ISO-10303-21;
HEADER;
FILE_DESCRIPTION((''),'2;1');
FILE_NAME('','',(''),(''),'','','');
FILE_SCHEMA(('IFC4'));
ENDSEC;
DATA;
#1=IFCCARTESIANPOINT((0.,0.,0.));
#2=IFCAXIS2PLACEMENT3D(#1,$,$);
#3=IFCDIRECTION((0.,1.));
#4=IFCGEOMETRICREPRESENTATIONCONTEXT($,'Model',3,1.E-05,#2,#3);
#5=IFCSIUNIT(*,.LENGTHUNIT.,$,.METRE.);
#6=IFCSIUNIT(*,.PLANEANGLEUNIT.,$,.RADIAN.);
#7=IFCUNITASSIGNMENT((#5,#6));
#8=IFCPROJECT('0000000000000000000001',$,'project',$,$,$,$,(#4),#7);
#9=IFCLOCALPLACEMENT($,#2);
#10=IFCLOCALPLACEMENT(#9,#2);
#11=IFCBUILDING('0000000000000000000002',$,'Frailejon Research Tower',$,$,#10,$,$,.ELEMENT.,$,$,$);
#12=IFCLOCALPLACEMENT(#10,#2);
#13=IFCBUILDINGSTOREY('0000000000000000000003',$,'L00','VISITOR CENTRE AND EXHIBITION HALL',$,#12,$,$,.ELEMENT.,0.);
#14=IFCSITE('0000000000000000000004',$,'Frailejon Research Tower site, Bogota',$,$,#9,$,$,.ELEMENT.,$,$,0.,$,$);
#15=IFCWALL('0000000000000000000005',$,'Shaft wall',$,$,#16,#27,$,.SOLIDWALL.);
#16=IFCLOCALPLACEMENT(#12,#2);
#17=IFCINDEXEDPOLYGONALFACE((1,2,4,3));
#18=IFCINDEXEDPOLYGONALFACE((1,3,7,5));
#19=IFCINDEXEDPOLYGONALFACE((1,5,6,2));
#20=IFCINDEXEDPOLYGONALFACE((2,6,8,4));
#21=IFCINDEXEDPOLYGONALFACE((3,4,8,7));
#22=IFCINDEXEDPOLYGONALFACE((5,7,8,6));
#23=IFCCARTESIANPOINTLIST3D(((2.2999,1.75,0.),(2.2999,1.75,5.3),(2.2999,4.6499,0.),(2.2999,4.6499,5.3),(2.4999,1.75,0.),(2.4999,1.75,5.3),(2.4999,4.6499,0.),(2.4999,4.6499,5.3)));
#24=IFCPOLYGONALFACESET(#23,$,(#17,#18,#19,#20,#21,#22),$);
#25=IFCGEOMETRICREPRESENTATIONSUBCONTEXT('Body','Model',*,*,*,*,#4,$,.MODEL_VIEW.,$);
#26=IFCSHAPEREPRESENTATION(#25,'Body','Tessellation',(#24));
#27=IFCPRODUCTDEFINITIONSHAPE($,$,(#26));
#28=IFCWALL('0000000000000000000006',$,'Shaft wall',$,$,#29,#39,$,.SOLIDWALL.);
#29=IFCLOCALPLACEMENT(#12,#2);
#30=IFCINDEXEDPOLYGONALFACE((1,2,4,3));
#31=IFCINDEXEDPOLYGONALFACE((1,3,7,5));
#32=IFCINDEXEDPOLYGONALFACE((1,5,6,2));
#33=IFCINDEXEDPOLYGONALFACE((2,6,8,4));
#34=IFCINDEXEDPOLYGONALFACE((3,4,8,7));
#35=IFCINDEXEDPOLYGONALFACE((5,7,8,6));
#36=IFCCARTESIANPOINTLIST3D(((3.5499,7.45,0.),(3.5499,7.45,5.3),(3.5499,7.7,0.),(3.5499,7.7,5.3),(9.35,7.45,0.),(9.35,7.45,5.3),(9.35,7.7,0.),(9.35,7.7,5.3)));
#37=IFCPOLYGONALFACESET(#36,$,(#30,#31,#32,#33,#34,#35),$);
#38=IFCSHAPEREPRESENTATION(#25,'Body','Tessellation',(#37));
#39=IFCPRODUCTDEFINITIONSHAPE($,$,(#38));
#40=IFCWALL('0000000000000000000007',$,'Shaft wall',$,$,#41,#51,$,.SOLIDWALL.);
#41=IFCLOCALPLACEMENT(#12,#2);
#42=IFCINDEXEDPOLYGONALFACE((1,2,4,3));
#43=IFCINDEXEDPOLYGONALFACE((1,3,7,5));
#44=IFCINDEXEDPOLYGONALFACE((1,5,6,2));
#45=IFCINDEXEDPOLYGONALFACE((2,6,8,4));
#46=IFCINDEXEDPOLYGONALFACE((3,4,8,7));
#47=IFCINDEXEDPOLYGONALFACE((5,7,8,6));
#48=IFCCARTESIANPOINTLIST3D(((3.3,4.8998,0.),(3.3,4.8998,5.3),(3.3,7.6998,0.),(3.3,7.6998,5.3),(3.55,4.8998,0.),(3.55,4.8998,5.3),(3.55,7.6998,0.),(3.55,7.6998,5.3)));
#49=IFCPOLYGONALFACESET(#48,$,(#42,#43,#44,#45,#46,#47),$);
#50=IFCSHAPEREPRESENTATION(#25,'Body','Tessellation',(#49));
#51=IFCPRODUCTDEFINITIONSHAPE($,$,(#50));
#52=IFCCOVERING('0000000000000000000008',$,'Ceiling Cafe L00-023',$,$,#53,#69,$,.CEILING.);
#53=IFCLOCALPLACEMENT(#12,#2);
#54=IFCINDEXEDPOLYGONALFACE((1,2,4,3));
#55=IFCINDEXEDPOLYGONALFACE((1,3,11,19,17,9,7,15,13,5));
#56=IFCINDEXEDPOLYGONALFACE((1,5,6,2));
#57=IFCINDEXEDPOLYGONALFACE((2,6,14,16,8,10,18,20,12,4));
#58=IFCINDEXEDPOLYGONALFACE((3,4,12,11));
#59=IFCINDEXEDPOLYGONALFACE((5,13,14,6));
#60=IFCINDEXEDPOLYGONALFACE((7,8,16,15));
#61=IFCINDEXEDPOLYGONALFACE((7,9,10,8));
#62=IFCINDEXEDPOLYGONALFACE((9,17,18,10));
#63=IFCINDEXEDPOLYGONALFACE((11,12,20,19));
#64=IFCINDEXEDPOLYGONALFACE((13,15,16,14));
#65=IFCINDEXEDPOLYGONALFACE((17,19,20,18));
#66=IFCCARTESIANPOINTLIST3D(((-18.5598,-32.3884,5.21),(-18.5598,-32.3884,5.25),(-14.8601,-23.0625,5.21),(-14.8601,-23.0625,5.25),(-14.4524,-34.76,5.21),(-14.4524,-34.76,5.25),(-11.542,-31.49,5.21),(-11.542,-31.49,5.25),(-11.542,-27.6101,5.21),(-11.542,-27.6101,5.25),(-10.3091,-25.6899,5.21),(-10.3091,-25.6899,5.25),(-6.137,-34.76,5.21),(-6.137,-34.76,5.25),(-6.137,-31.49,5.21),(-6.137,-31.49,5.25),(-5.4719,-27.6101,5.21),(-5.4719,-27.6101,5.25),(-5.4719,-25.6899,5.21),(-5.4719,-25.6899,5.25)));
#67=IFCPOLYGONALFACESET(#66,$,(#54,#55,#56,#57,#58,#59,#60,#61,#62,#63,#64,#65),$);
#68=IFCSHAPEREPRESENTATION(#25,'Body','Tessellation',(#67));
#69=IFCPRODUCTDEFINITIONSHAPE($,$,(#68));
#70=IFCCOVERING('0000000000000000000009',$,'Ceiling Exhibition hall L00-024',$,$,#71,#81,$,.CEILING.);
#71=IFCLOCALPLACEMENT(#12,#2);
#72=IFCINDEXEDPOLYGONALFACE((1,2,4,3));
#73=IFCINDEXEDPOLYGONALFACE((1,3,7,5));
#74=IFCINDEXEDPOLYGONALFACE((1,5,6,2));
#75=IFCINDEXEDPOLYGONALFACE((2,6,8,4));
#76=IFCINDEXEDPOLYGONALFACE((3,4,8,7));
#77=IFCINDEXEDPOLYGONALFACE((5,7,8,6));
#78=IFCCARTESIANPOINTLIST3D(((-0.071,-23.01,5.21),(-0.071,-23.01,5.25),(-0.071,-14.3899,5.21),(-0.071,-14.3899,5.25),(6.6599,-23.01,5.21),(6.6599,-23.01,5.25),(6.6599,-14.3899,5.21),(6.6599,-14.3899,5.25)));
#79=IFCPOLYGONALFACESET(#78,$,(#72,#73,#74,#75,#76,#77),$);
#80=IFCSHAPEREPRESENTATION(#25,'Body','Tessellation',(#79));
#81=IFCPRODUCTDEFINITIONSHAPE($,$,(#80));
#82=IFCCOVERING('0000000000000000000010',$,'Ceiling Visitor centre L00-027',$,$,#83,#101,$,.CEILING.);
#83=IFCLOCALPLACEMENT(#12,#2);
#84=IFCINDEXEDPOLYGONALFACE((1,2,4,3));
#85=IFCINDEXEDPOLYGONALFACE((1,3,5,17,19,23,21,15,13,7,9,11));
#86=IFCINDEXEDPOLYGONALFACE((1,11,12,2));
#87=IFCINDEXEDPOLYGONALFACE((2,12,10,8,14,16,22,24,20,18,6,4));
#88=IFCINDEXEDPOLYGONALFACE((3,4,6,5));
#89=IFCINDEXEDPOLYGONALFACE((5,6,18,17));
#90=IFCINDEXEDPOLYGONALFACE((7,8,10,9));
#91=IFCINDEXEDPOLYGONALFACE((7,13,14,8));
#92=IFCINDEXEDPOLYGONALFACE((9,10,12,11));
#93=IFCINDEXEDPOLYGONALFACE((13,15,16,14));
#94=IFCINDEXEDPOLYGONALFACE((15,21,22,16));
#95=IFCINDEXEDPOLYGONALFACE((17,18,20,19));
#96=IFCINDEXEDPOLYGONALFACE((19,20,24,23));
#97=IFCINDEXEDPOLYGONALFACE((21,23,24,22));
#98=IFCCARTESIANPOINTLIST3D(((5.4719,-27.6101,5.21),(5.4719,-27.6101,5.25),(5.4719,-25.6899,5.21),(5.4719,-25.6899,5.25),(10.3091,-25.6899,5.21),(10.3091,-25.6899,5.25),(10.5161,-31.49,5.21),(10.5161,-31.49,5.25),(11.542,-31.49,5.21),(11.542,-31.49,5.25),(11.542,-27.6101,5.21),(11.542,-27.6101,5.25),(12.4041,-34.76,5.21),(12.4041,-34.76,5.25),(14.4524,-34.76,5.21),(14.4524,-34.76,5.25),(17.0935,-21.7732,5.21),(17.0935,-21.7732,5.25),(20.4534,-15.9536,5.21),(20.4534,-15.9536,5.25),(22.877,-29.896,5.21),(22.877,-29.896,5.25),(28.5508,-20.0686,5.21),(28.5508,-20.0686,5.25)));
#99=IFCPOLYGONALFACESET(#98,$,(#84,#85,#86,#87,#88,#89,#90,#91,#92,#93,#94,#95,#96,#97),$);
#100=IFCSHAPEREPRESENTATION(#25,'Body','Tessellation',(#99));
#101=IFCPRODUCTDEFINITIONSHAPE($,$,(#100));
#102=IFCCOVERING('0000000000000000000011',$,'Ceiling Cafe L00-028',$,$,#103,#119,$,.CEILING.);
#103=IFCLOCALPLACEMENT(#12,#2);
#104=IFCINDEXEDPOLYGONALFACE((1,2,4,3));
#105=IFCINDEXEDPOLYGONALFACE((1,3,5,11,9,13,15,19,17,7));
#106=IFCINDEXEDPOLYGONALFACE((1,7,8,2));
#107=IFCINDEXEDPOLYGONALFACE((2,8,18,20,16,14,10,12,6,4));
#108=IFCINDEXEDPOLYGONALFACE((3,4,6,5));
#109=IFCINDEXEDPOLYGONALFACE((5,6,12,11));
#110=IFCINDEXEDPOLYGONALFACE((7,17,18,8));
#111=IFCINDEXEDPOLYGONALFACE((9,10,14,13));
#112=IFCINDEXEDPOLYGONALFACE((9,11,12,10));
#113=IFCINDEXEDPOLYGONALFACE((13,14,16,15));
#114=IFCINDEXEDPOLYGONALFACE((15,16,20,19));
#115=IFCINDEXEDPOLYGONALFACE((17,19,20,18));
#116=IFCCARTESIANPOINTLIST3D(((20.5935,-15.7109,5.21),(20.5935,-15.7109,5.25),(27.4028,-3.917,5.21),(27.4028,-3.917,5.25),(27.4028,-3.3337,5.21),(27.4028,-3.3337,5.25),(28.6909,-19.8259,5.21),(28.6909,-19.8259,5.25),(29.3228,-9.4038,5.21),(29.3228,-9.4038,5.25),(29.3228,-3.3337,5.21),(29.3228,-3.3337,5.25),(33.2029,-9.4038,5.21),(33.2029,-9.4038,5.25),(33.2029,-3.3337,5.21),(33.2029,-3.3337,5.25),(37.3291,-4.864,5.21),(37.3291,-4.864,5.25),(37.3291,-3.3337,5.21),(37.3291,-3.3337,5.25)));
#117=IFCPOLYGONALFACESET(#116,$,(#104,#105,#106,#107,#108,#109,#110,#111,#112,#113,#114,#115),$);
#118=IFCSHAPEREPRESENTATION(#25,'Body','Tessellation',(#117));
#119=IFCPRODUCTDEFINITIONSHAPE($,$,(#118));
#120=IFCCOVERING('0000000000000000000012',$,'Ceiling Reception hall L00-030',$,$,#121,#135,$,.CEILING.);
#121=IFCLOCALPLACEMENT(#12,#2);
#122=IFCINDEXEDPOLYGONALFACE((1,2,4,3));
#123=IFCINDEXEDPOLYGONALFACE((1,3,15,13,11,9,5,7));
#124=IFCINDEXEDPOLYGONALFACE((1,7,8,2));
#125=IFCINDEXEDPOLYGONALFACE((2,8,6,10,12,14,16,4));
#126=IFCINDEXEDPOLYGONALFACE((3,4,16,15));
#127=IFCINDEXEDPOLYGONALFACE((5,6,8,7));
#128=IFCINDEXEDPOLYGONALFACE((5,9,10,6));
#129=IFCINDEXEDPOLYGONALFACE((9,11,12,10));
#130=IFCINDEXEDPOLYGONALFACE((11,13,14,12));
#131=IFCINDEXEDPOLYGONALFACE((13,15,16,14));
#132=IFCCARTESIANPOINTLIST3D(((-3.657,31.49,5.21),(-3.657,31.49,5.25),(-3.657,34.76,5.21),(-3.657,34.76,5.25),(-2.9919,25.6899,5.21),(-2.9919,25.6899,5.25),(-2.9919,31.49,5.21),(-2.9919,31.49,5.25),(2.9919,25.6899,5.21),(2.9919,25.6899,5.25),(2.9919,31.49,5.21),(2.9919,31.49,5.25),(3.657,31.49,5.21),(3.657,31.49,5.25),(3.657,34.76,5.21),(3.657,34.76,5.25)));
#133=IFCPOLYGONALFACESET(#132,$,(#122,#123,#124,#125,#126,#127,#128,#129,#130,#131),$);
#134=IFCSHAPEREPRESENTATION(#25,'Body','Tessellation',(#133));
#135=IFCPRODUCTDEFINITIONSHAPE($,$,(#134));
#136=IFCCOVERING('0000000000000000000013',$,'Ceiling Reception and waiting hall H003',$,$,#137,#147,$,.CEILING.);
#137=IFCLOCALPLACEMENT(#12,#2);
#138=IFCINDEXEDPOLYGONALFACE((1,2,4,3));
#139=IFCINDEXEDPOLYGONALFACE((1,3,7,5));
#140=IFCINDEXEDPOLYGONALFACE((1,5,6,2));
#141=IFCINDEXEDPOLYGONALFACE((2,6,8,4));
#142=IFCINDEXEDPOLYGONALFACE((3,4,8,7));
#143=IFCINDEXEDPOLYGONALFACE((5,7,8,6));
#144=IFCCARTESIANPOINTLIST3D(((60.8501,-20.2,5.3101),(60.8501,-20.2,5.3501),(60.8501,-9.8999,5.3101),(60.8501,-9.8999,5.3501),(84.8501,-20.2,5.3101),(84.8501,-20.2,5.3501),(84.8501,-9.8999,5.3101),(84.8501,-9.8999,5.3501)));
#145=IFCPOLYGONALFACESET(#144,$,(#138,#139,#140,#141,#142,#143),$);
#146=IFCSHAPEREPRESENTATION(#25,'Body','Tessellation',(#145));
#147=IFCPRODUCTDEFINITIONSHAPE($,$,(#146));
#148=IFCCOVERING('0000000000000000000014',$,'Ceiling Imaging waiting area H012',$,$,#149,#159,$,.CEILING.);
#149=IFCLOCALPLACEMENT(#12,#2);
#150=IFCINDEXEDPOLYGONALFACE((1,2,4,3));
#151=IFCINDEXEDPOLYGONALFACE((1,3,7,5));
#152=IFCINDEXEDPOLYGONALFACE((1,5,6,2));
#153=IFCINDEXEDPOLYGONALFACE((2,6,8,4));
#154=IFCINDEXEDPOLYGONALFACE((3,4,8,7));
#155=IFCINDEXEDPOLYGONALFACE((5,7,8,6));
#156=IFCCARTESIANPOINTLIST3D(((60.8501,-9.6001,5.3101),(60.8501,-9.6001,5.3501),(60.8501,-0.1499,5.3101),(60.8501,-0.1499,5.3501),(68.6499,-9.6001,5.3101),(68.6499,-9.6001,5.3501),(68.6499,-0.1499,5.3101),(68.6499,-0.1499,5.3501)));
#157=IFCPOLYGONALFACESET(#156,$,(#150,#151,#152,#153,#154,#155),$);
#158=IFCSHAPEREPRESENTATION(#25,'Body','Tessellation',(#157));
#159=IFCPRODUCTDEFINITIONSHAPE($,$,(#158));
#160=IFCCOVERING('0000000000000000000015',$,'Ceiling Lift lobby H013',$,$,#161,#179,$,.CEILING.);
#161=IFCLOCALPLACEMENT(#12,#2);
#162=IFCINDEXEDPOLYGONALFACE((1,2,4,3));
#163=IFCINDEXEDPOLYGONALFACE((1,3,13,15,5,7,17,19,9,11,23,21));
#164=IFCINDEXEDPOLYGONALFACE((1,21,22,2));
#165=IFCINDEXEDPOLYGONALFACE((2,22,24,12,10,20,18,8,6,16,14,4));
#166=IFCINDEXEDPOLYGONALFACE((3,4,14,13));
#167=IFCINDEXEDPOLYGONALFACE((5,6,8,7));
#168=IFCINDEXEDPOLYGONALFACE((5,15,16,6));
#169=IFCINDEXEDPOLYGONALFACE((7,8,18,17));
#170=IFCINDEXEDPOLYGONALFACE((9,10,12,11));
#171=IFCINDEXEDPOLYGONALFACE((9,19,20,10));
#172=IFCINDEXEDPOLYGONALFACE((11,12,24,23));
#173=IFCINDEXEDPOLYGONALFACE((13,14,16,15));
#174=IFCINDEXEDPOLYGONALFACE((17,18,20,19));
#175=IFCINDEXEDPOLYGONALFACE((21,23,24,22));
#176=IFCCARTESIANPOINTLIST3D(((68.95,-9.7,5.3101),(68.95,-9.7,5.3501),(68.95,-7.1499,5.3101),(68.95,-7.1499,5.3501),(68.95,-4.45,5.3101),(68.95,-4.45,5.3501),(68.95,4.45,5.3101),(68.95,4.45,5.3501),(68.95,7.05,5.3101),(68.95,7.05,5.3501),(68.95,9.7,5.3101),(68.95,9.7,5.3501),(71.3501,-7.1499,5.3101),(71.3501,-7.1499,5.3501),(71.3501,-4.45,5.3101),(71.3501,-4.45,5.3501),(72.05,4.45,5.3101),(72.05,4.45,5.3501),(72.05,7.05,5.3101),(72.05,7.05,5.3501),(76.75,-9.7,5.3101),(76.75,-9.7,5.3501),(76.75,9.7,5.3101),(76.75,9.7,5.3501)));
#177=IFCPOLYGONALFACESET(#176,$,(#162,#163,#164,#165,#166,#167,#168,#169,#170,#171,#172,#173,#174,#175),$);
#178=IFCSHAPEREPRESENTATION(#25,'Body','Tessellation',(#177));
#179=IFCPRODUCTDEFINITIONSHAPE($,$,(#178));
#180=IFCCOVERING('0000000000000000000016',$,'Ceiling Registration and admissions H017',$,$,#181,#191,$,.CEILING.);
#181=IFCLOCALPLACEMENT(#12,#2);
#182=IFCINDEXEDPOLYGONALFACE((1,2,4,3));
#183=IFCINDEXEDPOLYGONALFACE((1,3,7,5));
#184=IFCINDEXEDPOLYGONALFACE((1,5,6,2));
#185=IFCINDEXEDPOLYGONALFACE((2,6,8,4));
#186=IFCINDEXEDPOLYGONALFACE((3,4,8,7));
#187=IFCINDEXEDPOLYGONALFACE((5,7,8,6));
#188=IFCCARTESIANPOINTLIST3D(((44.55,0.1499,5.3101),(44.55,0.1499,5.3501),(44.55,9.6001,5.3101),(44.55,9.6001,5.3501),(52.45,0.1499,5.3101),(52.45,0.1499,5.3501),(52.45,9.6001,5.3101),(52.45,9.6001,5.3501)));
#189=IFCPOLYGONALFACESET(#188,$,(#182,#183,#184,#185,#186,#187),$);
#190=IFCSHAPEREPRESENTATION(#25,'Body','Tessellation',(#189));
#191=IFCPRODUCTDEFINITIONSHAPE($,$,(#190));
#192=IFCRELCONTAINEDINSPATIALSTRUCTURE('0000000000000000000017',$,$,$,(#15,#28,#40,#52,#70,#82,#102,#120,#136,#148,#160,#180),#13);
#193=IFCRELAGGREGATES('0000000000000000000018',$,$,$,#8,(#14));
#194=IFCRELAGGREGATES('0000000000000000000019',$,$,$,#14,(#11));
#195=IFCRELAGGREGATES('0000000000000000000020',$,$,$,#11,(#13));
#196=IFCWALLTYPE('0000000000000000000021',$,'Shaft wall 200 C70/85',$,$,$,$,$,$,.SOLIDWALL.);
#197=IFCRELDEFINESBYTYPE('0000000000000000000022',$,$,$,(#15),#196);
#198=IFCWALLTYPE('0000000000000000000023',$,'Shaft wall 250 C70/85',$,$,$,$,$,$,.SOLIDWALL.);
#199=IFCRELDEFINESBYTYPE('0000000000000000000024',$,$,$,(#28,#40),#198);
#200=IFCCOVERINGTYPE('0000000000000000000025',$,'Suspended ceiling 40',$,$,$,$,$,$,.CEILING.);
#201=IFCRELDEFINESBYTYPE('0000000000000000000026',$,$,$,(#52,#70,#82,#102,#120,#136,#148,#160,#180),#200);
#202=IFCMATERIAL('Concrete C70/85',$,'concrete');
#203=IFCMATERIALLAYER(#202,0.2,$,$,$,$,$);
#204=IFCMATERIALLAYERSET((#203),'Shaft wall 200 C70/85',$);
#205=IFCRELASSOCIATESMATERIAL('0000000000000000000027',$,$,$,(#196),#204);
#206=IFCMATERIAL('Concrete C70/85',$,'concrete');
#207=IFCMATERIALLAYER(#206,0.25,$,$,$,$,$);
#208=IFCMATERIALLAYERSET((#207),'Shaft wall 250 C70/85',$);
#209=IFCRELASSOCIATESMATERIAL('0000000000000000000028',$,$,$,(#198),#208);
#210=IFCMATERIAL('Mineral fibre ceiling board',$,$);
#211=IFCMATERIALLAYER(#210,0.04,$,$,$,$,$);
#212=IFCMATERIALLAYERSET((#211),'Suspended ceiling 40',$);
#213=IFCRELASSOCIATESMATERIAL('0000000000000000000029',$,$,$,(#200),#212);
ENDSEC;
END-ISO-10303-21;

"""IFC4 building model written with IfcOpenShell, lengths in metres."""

from ifc_helpers import new_model, si_unit, direction, frame, frame_2d, origin, place, context, subcontext, project, spatial, polyline, rectangle, outline, extrude, material, layer, layer_set, type_object, element, save


model = new_model("IFC4")

# Units and contexts
model_context = context("Model", 3, precision=1e-05, world=origin(), true_north=direction((0.0, 1.0)))
body_context = subcontext(model_context, "Body", "Model", "MODEL_VIEW")
ifc_project = project(units=[si_unit("LENGTHUNIT", "METRE"), si_unit("PLANEANGLEUNIT", "RADIAN")], contexts=[model_context])

# Site, building, storey
site_placement = place(None, origin())
site = spatial("IfcSite", under=ifc_project, at=site_placement, Name="Frailejon Research Tower site, Bogota", CompositionType="ELEMENT", RefElevation=0.0)
building_placement = place(site_placement, origin())
building = spatial("IfcBuilding", under=site, at=building_placement, Name="Frailejon Research Tower", CompositionType="ELEMENT")
storey_placement = place(building_placement, origin())
storey = spatial("IfcBuildingStorey", under=building, at=storey_placement, Name="L00", Description="VISITOR CENTRE AND EXHIBITION HALL", CompositionType="ELEMENT", Elevation=0.0)

# Walls
ifc_material_1 = material(Name="Concrete C70/85", Category="concrete")
ifc_layer_1 = layer(ifc_material_1, 0.2)
ifc_layer_set_1 = layer_set([ifc_layer_1], Name="Shaft wall 200 C70/85")
wall_type_1 = type_object("IfcWallType", Name="Shaft wall 200 C70/85", PredefinedType="SOLIDWALL", material=ifc_layer_set_1)
wall_1_placement = place(storey_placement, frame((2.3999, 1.75, 0.0), z_axis=(0.0, 0.0, 1.0), x_axis=(0.0, 1.0, 0.0)))
element("IfcWall", 1, at=wall_1_placement, inside=storey, type_object=wall_type_1, Name="Shaft wall", PredefinedType="SOLIDWALL", context=body_context, shape_type="SweptSolid", body=[
    extrude(rectangle(XDim=2.8999, YDim=0.2, at=frame_2d((1.45, 0.0))), origin(), (0.0, 0.0, 1.0), 5.3),
])
ifc_material_2 = material(Name="Concrete C70/85", Category="concrete")
ifc_layer_2 = layer(ifc_material_2, 0.25)
ifc_layer_set_2 = layer_set([ifc_layer_2], Name="Shaft wall 250 C70/85")
wall_type_2 = type_object("IfcWallType", Name="Shaft wall 250 C70/85", PredefinedType="SOLIDWALL", material=ifc_layer_set_2)
wall_2_placement = place(storey_placement, frame((3.55, 7.575, 0.0), z_axis=(0.0, 0.0, 1.0), x_axis=(1.0, 0.0, 0.0)))
element("IfcWall", 2, at=wall_2_placement, inside=storey, type_object=wall_type_2, Name="Shaft wall", PredefinedType="SOLIDWALL", context=body_context, shape_type="SweptSolid", body=[
    extrude(rectangle(XDim=5.8, YDim=0.25, at=frame_2d((2.8999, 0.0))), origin(), (0.0, 0.0, 1.0), 5.3),
])
wall_3_placement = place(storey_placement, frame((3.425, 4.8999, 0.0), z_axis=(0.0, 0.0, 1.0), x_axis=(0.0, 1.0, 0.0)))
element("IfcWall", 3, at=wall_3_placement, inside=storey, type_object=wall_type_2, Name="Shaft wall", PredefinedType="SOLIDWALL", context=body_context, shape_type="SweptSolid", body=[
    extrude(rectangle(XDim=2.8, YDim=0.25, at=frame_2d((1.3999, 0.0))), origin(), (0.0, 0.0, 1.0), 5.3),
])

# Coverings
ifc_material_3 = material(Name="Mineral fibre ceiling board")
ifc_layer_3 = layer(ifc_material_3, 0.04)
ifc_layer_set_3 = layer_set([ifc_layer_3], Name="Suspended ceiling 40")
covering_type_1 = type_object("IfcCoveringType", Name="Suspended ceiling 40", PredefinedType="CEILING", material=ifc_layer_set_3)
covering_1_placement = place(storey_placement, frame((0.0, 0.0, 5.21)))
element("IfcCovering", 4, at=covering_1_placement, inside=storey, type_object=covering_type_1, Name="Ceiling Cafe L00-023", PredefinedType="CEILING", context=body_context, shape_type="SweptSolid", body=[
    extrude(outline(polyline([(-10.3091, -25.6899), (-14.8601, -23.0625), (-18.5598, -32.3884), (-14.4524, -34.76), (-6.137, -34.76), (-6.137, -31.49), (-11.542, -31.49), (-11.542, -27.6101), (-5.4719, -27.6101), (-5.4719, -25.6899), (-10.3091, -25.6899)])), origin(), (0.0, 0.0, 1.0), 0.04),
])
covering_2_placement = place(storey_placement, frame((0.0, 0.0, 5.21)))
element("IfcCovering", 5, at=covering_2_placement, inside=storey, type_object=covering_type_1, Name="Ceiling Exhibition hall L00-024", PredefinedType="CEILING", context=body_context, shape_type="SweptSolid", body=[
    extrude(outline(polyline([(-0.071, -23.01), (6.6599, -23.01), (6.6599, -14.3899), (-0.071, -14.3899), (-0.071, -23.01)])), origin(), (0.0, 0.0, 1.0), 0.04),
])
covering_3_placement = place(storey_placement, frame((0.0, 0.0, 5.21)))
element("IfcCovering", 6, at=covering_3_placement, inside=storey, type_object=covering_type_1, Name="Ceiling Visitor centre L00-027", PredefinedType="CEILING", context=body_context, shape_type="SweptSolid", body=[
    extrude(outline(polyline([(11.542, -27.6101), (11.542, -31.49), (10.5161, -31.49), (12.4041, -34.76), (14.4524, -34.76), (22.877, -29.896), (28.5508, -20.0686), (20.4534, -15.9536), (17.0935, -21.7732), (10.3091, -25.6899), (5.4719, -25.6899), (5.4719, -27.6101), (11.542, -27.6101)])), origin(), (0.0, 0.0, 1.0), 0.04),
])
covering_4_placement = place(storey_placement, frame((0.0, 0.0, 5.21)))
element("IfcCovering", 7, at=covering_4_placement, inside=storey, type_object=covering_type_1, Name="Ceiling Cafe L00-028", PredefinedType="CEILING", context=body_context, shape_type="SweptSolid", body=[
    extrude(outline(polyline([(27.4028, -3.917), (20.5935, -15.7109), (28.6909, -19.8259), (37.3291, -4.864), (37.3291, -3.3337), (33.2029, -3.3337), (33.2029, -9.4038), (29.3228, -9.4038), (29.3228, -3.3337), (27.4028, -3.3337), (27.4028, -3.917)])), origin(), (0.0, 0.0, 1.0), 0.04),
])
covering_5_placement = place(storey_placement, frame((0.0, 0.0, 5.21)))
element("IfcCovering", 8, at=covering_5_placement, inside=storey, type_object=covering_type_1, Name="Ceiling Reception hall L00-030", PredefinedType="CEILING", context=body_context, shape_type="SweptSolid", body=[
    extrude(outline(polyline([(-2.9919, 25.6899), (2.9919, 25.6899), (2.9919, 31.49), (3.657, 31.49), (3.657, 34.76), (-3.657, 34.76), (-3.657, 31.49), (-2.9919, 31.49), (-2.9919, 25.6899)])), origin(), (0.0, 0.0, 1.0), 0.04),
])
covering_6_placement = place(storey_placement, frame((0.0, 0.0, 5.3101)))
element("IfcCovering", 9, at=covering_6_placement, inside=storey, type_object=covering_type_1, Name="Ceiling Reception and waiting hall H003", PredefinedType="CEILING", context=body_context, shape_type="SweptSolid", body=[
    extrude(outline(polyline([(84.8501, -9.8999), (60.8501, -9.8999), (60.8501, -20.2), (84.8501, -20.2), (84.8501, -9.8999)])), origin(), (0.0, 0.0, 1.0), 0.04),
])
covering_7_placement = place(storey_placement, frame((0.0, 0.0, 5.3101)))
element("IfcCovering", 10, at=covering_7_placement, inside=storey, type_object=covering_type_1, Name="Ceiling Imaging waiting area H012", PredefinedType="CEILING", context=body_context, shape_type="SweptSolid", body=[
    extrude(outline(polyline([(68.6499, -0.1499), (60.8501, -0.1499), (60.8501, -9.6001), (68.6499, -9.6001), (68.6499, -0.1499)])), origin(), (0.0, 0.0, 1.0), 0.04),
])
covering_8_placement = place(storey_placement, frame((0.0, 0.0, 5.3101)))
element("IfcCovering", 11, at=covering_8_placement, inside=storey, type_object=covering_type_1, Name="Ceiling Lift lobby H013", PredefinedType="CEILING", context=body_context, shape_type="SweptSolid", body=[
    extrude(outline(polyline([(68.95, 7.05), (72.05, 7.05), (72.05, 4.45), (68.95, 4.45), (68.95, -4.45), (71.3501, -4.45), (71.3501, -7.1499), (68.95, -7.1499), (68.95, -9.7), (76.75, -9.7), (76.75, 9.7), (68.95, 9.7), (68.95, 7.05)])), origin(), (0.0, 0.0, 1.0), 0.04),
])
covering_9_placement = place(storey_placement, frame((0.0, 0.0, 5.3101)))
element("IfcCovering", 12, at=covering_9_placement, inside=storey, type_object=covering_type_1, Name="Ceiling Registration and admissions H017", PredefinedType="CEILING", context=body_context, shape_type="SweptSolid", body=[
    extrude(outline(polyline([(52.45, 9.6001), (44.55, 9.6001), (44.55, 0.1499), (52.45, 0.1499), (52.45, 9.6001)])), origin(), (0.0, 0.0, 1.0), 0.04),
])

save(model, "model.ifc")
